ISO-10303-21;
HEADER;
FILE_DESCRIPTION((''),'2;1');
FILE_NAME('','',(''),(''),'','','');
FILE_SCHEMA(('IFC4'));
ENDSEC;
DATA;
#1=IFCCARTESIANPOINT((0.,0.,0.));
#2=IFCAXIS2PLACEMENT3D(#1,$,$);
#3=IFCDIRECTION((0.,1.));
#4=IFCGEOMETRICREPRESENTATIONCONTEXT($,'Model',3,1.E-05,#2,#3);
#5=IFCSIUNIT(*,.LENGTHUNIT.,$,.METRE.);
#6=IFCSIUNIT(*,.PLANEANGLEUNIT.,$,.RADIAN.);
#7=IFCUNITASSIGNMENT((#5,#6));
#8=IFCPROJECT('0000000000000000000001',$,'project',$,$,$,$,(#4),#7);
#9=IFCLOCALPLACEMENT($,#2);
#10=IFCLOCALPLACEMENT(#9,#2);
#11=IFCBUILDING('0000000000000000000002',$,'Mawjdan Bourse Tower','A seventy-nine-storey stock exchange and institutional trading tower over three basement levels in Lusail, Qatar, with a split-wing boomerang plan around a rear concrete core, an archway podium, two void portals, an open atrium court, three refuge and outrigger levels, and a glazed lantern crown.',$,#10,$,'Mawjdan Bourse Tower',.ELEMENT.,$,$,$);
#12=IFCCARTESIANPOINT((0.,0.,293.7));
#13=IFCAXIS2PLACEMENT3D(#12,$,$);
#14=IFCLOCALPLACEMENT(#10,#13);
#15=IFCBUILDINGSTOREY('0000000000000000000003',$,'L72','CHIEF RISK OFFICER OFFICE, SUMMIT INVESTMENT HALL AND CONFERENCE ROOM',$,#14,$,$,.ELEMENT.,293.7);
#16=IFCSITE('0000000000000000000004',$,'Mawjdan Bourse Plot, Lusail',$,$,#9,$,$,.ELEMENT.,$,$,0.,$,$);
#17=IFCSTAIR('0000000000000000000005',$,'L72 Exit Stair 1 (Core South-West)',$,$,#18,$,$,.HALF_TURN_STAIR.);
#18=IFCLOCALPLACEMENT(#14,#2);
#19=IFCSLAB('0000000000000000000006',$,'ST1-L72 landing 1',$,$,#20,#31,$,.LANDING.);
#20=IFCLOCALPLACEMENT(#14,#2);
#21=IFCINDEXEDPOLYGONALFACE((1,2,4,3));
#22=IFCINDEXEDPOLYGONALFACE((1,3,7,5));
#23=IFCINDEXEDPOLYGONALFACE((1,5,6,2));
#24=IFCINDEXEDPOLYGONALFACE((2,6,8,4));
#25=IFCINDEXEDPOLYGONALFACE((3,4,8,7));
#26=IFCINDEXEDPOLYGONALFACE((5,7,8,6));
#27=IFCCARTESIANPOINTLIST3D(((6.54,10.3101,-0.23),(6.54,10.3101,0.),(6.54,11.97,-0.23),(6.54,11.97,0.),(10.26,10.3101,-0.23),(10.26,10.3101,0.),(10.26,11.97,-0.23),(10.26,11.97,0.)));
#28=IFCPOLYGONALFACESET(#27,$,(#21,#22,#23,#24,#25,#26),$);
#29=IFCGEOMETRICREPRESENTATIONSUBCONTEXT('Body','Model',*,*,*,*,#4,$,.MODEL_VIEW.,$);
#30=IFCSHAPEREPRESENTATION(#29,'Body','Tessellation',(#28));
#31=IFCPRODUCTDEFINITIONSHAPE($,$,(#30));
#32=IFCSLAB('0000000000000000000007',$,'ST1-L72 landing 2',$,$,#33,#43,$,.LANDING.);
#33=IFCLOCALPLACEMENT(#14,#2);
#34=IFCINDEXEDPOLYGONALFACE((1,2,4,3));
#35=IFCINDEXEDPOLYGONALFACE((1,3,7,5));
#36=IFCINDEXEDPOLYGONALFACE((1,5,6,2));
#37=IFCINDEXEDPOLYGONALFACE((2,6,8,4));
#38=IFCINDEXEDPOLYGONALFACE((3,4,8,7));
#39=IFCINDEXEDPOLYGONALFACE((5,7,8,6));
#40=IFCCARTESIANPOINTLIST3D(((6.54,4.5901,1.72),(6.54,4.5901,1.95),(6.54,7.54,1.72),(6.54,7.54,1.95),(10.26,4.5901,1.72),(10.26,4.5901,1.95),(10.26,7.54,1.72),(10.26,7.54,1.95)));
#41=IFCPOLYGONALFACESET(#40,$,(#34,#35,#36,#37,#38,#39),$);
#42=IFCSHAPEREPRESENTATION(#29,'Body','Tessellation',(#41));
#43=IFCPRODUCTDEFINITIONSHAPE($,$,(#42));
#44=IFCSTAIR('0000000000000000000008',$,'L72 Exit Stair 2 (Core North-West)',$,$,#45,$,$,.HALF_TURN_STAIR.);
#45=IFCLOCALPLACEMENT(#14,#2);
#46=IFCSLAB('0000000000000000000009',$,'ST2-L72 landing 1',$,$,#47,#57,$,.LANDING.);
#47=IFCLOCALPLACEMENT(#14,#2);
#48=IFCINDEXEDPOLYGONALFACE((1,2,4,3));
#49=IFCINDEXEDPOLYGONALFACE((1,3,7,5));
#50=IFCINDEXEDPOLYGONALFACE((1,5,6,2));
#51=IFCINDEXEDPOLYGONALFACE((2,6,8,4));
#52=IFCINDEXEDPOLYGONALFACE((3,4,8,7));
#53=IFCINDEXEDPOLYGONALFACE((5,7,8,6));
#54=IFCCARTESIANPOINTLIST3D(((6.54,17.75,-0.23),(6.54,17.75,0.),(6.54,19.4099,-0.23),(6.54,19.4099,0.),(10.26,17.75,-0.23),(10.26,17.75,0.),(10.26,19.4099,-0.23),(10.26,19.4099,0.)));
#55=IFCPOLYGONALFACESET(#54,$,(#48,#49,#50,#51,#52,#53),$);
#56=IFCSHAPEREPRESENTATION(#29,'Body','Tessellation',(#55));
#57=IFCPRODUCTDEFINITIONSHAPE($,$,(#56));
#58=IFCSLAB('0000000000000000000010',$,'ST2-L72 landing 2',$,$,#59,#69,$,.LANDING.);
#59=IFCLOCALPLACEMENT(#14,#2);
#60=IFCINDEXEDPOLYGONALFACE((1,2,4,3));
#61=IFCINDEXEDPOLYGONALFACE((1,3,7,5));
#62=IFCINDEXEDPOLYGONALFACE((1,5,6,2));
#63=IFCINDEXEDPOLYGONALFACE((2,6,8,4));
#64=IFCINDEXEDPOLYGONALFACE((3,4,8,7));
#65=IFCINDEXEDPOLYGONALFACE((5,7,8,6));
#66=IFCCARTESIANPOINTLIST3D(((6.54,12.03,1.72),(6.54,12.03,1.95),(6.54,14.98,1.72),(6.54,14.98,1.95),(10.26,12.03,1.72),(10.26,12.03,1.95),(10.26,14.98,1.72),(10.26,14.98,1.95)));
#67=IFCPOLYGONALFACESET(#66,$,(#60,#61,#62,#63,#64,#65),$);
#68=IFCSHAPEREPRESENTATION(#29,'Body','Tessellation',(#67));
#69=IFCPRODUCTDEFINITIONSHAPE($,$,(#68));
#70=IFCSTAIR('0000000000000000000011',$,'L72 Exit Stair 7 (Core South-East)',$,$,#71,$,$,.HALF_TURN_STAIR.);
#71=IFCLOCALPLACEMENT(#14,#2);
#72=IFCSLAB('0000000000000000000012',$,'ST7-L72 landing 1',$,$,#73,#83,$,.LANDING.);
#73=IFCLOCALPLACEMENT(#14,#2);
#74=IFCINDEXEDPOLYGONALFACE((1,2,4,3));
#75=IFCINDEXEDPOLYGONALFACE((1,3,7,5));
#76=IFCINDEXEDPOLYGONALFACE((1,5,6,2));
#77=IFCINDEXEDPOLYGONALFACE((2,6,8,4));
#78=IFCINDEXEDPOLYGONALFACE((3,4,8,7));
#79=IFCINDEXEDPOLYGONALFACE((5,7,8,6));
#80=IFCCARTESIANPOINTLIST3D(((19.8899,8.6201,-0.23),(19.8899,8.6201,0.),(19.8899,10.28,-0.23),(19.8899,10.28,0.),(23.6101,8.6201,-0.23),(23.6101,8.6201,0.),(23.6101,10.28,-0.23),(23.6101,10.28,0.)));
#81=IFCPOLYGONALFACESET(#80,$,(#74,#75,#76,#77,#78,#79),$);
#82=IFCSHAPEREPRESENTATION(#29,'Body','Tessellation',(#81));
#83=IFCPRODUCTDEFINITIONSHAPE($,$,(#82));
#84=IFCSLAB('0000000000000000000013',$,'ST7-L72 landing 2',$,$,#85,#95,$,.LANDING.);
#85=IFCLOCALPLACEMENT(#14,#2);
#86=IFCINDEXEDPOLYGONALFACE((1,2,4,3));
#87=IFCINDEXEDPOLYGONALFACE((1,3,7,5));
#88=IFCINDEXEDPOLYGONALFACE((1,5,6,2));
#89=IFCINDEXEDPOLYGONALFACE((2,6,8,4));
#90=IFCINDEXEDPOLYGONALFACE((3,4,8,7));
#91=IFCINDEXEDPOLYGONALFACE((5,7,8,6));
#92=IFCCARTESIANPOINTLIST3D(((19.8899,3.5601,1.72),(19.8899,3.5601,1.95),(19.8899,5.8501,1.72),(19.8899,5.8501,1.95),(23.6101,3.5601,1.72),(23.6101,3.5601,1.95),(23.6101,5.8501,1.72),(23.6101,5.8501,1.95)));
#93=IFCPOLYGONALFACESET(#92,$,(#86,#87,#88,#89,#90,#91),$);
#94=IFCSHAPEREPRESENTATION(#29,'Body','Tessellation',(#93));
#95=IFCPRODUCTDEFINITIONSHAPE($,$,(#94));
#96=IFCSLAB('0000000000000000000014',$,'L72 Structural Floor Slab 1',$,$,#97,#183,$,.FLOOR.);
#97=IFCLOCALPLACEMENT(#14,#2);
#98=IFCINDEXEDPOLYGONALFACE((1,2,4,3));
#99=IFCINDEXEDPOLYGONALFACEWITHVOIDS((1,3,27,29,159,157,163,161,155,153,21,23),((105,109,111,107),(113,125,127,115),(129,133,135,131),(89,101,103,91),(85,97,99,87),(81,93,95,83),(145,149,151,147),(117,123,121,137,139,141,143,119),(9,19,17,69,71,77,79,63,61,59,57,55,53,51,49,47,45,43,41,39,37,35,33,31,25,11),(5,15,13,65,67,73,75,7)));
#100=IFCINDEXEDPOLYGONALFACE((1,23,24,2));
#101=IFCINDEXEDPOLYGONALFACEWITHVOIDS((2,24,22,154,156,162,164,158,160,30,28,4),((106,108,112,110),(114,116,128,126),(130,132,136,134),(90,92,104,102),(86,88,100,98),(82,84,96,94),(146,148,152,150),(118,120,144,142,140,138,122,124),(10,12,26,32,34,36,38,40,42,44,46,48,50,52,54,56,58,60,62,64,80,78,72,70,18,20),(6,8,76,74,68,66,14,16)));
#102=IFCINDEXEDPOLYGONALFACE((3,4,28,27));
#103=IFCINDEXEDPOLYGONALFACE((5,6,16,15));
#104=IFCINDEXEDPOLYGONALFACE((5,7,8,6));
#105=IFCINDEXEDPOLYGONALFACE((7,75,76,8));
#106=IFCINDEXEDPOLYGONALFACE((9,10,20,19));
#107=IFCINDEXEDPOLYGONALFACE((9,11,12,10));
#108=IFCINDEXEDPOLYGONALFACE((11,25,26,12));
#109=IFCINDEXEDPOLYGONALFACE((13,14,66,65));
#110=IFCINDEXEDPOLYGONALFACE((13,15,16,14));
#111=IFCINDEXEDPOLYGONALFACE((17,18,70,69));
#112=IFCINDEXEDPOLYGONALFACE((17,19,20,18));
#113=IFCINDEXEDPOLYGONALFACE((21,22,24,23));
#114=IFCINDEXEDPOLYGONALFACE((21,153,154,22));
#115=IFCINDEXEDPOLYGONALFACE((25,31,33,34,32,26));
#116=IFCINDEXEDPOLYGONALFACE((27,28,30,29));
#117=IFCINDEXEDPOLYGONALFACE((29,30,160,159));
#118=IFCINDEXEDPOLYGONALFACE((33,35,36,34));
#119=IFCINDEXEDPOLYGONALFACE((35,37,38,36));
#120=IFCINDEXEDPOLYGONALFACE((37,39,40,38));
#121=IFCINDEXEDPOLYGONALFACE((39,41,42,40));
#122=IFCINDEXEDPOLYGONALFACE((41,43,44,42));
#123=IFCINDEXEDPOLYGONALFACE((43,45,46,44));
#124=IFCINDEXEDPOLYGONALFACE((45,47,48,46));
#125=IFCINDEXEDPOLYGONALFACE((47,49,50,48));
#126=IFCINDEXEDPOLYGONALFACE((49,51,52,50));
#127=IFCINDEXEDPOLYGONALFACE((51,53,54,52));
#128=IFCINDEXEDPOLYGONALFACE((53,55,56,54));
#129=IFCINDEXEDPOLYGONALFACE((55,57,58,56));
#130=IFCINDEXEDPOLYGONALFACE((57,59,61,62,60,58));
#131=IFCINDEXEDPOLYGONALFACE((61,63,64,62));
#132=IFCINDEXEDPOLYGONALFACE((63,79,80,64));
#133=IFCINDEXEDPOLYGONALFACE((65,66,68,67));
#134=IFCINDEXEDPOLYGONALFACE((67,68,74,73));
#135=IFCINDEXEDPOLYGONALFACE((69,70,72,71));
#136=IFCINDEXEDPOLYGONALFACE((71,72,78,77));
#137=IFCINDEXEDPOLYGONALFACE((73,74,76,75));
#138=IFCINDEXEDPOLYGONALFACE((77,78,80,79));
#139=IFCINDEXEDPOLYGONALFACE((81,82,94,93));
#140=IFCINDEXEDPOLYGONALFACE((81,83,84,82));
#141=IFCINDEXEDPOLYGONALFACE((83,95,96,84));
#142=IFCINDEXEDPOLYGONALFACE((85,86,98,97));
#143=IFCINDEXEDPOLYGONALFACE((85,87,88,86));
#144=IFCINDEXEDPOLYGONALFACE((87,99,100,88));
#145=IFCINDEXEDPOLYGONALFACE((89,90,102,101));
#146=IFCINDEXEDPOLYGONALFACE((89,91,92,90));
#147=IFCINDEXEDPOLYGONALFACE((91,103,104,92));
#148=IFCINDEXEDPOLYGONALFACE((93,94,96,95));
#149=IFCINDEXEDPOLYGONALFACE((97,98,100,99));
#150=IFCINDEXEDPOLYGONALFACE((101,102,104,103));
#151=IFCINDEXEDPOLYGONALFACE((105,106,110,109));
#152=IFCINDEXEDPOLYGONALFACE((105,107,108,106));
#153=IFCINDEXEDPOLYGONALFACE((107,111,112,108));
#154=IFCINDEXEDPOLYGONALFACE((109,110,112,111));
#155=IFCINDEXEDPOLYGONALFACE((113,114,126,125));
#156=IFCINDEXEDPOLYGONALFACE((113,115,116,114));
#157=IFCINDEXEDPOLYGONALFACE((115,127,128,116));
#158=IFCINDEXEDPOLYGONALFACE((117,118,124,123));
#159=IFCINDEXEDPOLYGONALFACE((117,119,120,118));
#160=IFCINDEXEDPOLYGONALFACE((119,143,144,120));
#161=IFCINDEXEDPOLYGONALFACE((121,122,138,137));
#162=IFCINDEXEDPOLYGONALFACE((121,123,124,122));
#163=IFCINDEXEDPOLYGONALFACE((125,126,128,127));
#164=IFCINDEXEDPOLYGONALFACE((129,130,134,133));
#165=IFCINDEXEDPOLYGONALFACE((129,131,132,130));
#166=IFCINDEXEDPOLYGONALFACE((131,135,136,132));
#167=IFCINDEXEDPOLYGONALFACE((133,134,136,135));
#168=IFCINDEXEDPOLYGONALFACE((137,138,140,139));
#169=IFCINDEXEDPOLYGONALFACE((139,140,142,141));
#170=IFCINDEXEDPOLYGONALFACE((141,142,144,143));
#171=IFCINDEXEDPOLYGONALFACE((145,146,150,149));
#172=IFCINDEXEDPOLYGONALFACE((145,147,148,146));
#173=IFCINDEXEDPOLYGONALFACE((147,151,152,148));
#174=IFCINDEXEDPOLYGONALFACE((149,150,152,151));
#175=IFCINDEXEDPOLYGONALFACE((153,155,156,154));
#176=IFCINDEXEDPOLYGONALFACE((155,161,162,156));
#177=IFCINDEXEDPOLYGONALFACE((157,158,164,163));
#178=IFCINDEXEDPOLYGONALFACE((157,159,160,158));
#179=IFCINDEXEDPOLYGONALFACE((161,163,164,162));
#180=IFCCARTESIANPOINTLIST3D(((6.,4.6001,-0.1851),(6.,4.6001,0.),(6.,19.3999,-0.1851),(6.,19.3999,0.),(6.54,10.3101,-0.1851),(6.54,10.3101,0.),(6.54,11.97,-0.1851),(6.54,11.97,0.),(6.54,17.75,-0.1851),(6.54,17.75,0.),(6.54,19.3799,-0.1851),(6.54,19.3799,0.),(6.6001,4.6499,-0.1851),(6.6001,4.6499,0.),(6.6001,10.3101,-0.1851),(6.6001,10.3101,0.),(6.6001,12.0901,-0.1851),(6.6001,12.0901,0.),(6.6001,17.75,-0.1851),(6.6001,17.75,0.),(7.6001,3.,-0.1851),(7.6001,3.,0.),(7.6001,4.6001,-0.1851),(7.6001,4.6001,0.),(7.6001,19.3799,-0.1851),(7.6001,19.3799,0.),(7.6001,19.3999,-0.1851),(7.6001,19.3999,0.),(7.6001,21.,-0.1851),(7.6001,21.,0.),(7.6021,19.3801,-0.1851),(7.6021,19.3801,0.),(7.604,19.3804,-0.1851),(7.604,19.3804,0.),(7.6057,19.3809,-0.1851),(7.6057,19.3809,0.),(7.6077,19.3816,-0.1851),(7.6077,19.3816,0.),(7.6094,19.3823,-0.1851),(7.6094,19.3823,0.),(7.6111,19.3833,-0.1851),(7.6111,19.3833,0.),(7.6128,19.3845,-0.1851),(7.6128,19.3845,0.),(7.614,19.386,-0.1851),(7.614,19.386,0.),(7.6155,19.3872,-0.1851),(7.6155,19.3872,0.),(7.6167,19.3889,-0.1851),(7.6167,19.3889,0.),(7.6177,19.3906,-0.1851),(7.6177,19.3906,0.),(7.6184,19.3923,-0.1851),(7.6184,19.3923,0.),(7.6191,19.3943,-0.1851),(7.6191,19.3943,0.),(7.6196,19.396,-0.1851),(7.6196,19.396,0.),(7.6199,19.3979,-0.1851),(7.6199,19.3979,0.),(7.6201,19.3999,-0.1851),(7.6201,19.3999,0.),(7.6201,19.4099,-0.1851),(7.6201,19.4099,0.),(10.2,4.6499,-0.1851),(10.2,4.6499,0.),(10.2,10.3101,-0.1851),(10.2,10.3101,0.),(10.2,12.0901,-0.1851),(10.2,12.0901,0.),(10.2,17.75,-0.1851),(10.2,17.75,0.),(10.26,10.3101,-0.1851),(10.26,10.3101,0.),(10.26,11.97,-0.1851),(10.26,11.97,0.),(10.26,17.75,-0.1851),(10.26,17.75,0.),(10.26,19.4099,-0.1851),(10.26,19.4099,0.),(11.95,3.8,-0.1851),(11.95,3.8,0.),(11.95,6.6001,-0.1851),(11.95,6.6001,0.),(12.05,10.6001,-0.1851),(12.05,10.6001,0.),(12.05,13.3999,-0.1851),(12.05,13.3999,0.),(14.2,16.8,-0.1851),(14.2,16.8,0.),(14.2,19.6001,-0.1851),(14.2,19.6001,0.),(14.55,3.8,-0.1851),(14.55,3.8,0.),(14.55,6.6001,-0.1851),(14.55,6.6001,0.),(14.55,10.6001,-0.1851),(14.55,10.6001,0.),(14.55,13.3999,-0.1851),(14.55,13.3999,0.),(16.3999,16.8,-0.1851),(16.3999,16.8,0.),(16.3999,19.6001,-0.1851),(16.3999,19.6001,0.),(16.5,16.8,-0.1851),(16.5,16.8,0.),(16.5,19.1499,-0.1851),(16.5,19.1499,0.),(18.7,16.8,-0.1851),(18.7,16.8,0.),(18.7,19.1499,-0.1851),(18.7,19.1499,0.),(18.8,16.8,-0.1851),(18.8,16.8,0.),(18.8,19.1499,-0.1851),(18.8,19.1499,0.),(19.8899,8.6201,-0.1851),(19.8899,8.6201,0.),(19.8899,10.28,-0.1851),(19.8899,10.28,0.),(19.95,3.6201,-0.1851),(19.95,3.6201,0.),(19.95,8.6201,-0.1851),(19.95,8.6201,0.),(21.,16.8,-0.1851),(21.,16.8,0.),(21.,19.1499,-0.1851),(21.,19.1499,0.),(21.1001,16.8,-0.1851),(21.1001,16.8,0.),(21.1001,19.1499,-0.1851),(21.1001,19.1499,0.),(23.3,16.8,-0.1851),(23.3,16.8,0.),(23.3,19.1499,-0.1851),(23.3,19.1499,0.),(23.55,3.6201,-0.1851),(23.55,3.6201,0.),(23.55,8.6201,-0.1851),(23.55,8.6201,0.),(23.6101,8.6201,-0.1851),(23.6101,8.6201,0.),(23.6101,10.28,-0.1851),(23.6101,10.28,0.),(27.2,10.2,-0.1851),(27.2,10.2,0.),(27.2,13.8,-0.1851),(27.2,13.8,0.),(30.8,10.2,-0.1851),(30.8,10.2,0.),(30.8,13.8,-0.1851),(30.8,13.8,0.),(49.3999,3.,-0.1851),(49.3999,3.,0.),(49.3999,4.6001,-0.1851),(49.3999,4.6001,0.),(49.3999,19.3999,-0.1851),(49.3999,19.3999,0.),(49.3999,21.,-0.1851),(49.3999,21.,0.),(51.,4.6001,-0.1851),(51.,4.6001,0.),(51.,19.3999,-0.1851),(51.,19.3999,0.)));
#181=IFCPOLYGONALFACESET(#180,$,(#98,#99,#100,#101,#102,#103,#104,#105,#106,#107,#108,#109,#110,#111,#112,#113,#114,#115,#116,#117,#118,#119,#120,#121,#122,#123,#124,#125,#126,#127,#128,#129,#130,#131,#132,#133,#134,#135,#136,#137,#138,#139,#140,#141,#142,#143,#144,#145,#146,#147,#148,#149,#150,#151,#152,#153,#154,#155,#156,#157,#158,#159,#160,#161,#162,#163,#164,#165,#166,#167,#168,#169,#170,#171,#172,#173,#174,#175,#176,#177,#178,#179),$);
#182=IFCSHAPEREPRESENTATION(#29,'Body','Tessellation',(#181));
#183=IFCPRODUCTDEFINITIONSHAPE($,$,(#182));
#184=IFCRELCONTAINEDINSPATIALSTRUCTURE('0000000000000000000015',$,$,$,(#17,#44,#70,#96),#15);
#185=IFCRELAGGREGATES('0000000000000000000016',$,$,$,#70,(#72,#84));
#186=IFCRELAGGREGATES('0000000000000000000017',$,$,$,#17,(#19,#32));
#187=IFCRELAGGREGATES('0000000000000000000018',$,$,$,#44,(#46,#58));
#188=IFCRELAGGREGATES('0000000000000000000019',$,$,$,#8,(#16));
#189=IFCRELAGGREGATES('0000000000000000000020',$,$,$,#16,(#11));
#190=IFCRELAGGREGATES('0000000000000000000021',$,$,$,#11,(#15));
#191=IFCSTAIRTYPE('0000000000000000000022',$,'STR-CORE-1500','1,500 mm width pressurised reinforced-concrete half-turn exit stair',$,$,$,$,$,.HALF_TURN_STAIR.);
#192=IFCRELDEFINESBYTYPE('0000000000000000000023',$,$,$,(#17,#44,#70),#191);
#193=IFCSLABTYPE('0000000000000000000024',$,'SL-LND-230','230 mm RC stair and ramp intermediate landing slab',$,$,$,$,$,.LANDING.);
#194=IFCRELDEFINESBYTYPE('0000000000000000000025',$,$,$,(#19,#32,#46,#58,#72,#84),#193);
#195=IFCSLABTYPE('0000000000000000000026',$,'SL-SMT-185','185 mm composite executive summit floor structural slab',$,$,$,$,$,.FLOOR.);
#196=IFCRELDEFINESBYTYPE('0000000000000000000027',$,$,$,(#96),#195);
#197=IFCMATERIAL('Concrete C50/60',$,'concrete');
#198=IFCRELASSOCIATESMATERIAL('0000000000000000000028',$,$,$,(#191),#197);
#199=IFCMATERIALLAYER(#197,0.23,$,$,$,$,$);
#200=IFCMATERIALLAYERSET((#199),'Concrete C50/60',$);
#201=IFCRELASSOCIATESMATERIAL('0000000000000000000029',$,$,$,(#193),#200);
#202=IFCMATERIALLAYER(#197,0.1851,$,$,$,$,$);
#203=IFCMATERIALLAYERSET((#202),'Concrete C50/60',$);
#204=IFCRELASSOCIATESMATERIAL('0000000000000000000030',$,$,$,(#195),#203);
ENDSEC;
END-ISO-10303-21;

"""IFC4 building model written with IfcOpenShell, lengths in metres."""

from ifc_helpers import new_model, si_unit, direction, frame, origin, place, context, subcontext, project, spatial, polyline, outline, extrude, material, layer, layer_set, type_object, element, aggregate, save


model = new_model("IFC4")

# Units and contexts
model_context = context("Model", 3, precision=1e-05, world=origin(), true_north=direction((0.0, 1.0)))
body_context = subcontext(model_context, "Body", "Model", "MODEL_VIEW")
ifc_project = project(units=[si_unit("LENGTHUNIT", "METRE"), si_unit("PLANEANGLEUNIT", "RADIAN")], contexts=[model_context])

# Site, building, storey
site_placement = place(None, origin())
site = spatial("IfcSite", under=ifc_project, at=site_placement, Name="Mawjdan Bourse Plot, Lusail", CompositionType="ELEMENT", RefElevation=0.0)
building_placement = place(site_placement, origin())
building = spatial("IfcBuilding", under=site, at=building_placement, Name="Mawjdan Bourse Tower", Description="A seventy-nine-storey stock exchange and institutional trading tower over three basement levels in Lusail, Qatar, with a split-wing boomerang plan around a rear concrete core, an archway podium, two void portals, an open atrium court, three refuge and outrigger levels, and a glazed lantern crown.", LongName="Mawjdan Bourse Tower", CompositionType="ELEMENT")
storey_placement = place(building_placement, frame((0.0, 0.0, 293.7)))
storey = spatial("IfcBuildingStorey", under=building, at=storey_placement, Name="L72", Description="CHIEF RISK OFFICER OFFICE, SUMMIT INVESTMENT HALL AND CONFERENCE ROOM", CompositionType="ELEMENT", Elevation=293.7)

# Stairs, slabs
ifc_material_1 = material(Name="Concrete C50/60", Category="concrete")
stair_type = type_object("IfcStairType", Name="STR-CORE-1500", Description="1,500 mm width pressurised reinforced-concrete half-turn exit stair", PredefinedType="HALF_TURN_STAIR", material=ifc_material_1)
stair_1_placement = place(storey_placement, origin())
stair_1 = element("IfcStair", 1, at=stair_1_placement, inside=storey, type_object=stair_type, Name="L72 Exit Stair 1 (Core South-West)", PredefinedType="HALF_TURN_STAIR")
ifc_layer_1 = layer(ifc_material_1, 0.23)
ifc_layer_set_1 = layer_set([ifc_layer_1], Name="Concrete C50/60")
slab_type_1 = type_object("IfcSlabType", Name="SL-LND-230", Description="230 mm RC stair and ramp intermediate landing slab", PredefinedType="LANDING", material=ifc_layer_set_1)
slab_1_placement = place(storey_placement, frame((0.0, 0.0, -0.23)))
slab_1 = element("IfcSlab", 2, at=slab_1_placement, type_object=slab_type_1, Name="ST1-L72 landing 1", PredefinedType="LANDING", context=body_context, shape_type="SweptSolid", body=[
    extrude(outline(polyline([(6.54, 10.3101), (10.26, 10.3101), (10.26, 11.97), (6.54, 11.97), (6.54, 10.3101)])), origin(), (0.0, 0.0, 1.0), 0.23),
])
slab_2_placement = place(storey_placement, frame((0.0, 0.0, 1.72)))
slab_2 = element("IfcSlab", 3, at=slab_2_placement, type_object=slab_type_1, Name="ST1-L72 landing 2", PredefinedType="LANDING", context=body_context, shape_type="SweptSolid", body=[
    extrude(outline(polyline([(6.54, 4.5901), (10.26, 4.5901), (10.26, 7.54), (6.54, 7.54), (6.54, 4.5901)])), origin(), (0.0, 0.0, 1.0), 0.23),
])
stair_2_placement = place(storey_placement, origin())
stair_2 = element("IfcStair", 4, at=stair_2_placement, inside=storey, type_object=stair_type, Name="L72 Exit Stair 2 (Core North-West)", PredefinedType="HALF_TURN_STAIR")
slab_3_placement = place(storey_placement, frame((0.0, 0.0, -0.23)))
slab_3 = element("IfcSlab", 5, at=slab_3_placement, type_object=slab_type_1, Name="ST2-L72 landing 1", PredefinedType="LANDING", context=body_context, shape_type="SweptSolid", body=[
    extrude(outline(polyline([(6.54, 17.75), (10.26, 17.75), (10.26, 19.4099), (6.54, 19.4099), (6.54, 17.75)])), origin(), (0.0, 0.0, 1.0), 0.23),
])
slab_4_placement = place(storey_placement, frame((0.0, 0.0, 1.72)))
slab_4 = element("IfcSlab", 6, at=slab_4_placement, type_object=slab_type_1, Name="ST2-L72 landing 2", PredefinedType="LANDING", context=body_context, shape_type="SweptSolid", body=[
    extrude(outline(polyline([(6.54, 12.03), (10.26, 12.03), (10.26, 14.98), (6.54, 14.98), (6.54, 12.03)])), origin(), (0.0, 0.0, 1.0), 0.23),
])
stair_3_placement = place(storey_placement, origin())
stair_3 = element("IfcStair", 7, at=stair_3_placement, inside=storey, type_object=stair_type, Name="L72 Exit Stair 7 (Core South-East)", PredefinedType="HALF_TURN_STAIR")
slab_5_placement = place(storey_placement, frame((0.0, 0.0, -0.23)))
slab_5 = element("IfcSlab", 8, at=slab_5_placement, type_object=slab_type_1, Name="ST7-L72 landing 1", PredefinedType="LANDING", context=body_context, shape_type="SweptSolid", body=[
    extrude(outline(polyline([(19.8899, 8.6201), (23.6101, 8.6201), (23.6101, 10.28), (19.8899, 10.28), (19.8899, 8.6201)])), origin(), (0.0, 0.0, 1.0), 0.23),
])
slab_6_placement = place(storey_placement, frame((0.0, 0.0, 1.72)))
slab_6 = element("IfcSlab", 9, at=slab_6_placement, type_object=slab_type_1, Name="ST7-L72 landing 2", PredefinedType="LANDING", context=body_context, shape_type="SweptSolid", body=[
    extrude(outline(polyline([(19.8899, 3.5601), (23.6101, 3.5601), (23.6101, 5.8501), (19.8899, 5.8501), (19.8899, 3.5601)])), origin(), (0.0, 0.0, 1.0), 0.23),
])
aggregate(stair_3, [slab_5, slab_6])

# Slab
ifc_layer_2 = layer(ifc_material_1, 0.1851)
ifc_layer_set_2 = layer_set([ifc_layer_2], Name="Concrete C50/60")
slab_type_2 = type_object("IfcSlabType", Name="SL-SMT-185", Description="185 mm composite executive summit floor structural slab", PredefinedType="FLOOR", material=ifc_layer_set_2)
slab_7_placement = place(storey_placement, frame((0.0, 0.0, -0.1851)))
element("IfcSlab", 10, at=slab_7_placement, inside=storey, type_object=slab_type_2, Name="L72 Structural Floor Slab 1", PredefinedType="FLOOR", context=body_context, shape_type="SweptSolid", body=[
    extrude(outline(polyline([(7.6001, 3.0), (49.3999, 3.0), (49.3999, 4.6001), (51.0, 4.6001), (51.0, 19.3999), (49.3999, 19.3999), (49.3999, 21.0), (7.6001, 21.0), (7.6001, 19.3999), (6.0, 19.3999), (6.0, 4.6001), (7.6001, 4.6001), (7.6001, 3.0)]), holes=[polyline([(14.55, 3.8), (11.95, 3.8), (11.95, 6.6001), (14.55, 6.6001), (14.55, 3.8)]), polyline([(10.26, 11.97), (10.26, 10.3101), (10.2, 10.3101), (10.2, 4.6499), (6.6001, 4.6499), (6.6001, 10.3101), (6.54, 10.3101), (6.54, 11.97), (10.26, 11.97)]), polyline([(14.55, 10.6001), (12.05, 10.6001), (12.05, 13.3999), (14.55, 13.3999), (14.55, 10.6001)]), polyline([(6.6001, 12.0901), (6.6001, 17.75), (6.54, 17.75), (6.54, 19.3799), (7.6001, 19.3799), (7.6021, 19.3801), (7.604, 19.3804), (7.6057, 19.3809), (7.6077, 19.3816), (7.6094, 19.3823), (7.6111, 19.3833), (7.6128, 19.3845), (7.614, 19.386), (7.6155, 19.3872), (7.6167, 19.3889), (7.6177, 19.3906), (7.6184, 19.3923), (7.6191, 19.3943), (7.6196, 19.396), (7.6199, 19.3979), (7.6201, 19.3999), (7.6201, 19.4099), (10.26, 19.4099), (10.26, 17.75), (10.2, 17.75), (10.2, 12.0901), (6.6001, 12.0901)]), polyline([(14.2, 16.8), (14.2, 19.6001), (16.3999, 19.6001), (16.3999, 16.8), (14.2, 16.8)]), polyline([(23.6101, 10.28), (23.6101, 8.6201), (23.55, 8.6201), (23.55, 3.6201), (19.95, 3.6201), (19.95, 8.6201), (19.8899, 8.6201), (19.8899, 10.28), (23.6101, 10.28)]), polyline([(27.2, 10.2), (27.2, 13.8), (30.8, 13.8), (30.8, 10.2), (27.2, 10.2)]), polyline([(16.5, 16.8), (16.5, 19.1499), (18.7, 19.1499), (18.7, 16.8), (16.5, 16.8)]), polyline([(18.8, 16.8), (18.8, 19.1499), (21.0, 19.1499), (21.0, 16.8), (18.8, 16.8)]), polyline([(21.1001, 16.8), (21.1001, 19.1499), (23.3, 19.1499), (23.3, 16.8), (21.1001, 16.8)])]), origin(), (0.0, 0.0, 1.0), 0.1851),
])

aggregate(stair_1, [slab_1, slab_2])
aggregate(stair_2, [slab_3, slab_4])

save(model, "model.ifc")
